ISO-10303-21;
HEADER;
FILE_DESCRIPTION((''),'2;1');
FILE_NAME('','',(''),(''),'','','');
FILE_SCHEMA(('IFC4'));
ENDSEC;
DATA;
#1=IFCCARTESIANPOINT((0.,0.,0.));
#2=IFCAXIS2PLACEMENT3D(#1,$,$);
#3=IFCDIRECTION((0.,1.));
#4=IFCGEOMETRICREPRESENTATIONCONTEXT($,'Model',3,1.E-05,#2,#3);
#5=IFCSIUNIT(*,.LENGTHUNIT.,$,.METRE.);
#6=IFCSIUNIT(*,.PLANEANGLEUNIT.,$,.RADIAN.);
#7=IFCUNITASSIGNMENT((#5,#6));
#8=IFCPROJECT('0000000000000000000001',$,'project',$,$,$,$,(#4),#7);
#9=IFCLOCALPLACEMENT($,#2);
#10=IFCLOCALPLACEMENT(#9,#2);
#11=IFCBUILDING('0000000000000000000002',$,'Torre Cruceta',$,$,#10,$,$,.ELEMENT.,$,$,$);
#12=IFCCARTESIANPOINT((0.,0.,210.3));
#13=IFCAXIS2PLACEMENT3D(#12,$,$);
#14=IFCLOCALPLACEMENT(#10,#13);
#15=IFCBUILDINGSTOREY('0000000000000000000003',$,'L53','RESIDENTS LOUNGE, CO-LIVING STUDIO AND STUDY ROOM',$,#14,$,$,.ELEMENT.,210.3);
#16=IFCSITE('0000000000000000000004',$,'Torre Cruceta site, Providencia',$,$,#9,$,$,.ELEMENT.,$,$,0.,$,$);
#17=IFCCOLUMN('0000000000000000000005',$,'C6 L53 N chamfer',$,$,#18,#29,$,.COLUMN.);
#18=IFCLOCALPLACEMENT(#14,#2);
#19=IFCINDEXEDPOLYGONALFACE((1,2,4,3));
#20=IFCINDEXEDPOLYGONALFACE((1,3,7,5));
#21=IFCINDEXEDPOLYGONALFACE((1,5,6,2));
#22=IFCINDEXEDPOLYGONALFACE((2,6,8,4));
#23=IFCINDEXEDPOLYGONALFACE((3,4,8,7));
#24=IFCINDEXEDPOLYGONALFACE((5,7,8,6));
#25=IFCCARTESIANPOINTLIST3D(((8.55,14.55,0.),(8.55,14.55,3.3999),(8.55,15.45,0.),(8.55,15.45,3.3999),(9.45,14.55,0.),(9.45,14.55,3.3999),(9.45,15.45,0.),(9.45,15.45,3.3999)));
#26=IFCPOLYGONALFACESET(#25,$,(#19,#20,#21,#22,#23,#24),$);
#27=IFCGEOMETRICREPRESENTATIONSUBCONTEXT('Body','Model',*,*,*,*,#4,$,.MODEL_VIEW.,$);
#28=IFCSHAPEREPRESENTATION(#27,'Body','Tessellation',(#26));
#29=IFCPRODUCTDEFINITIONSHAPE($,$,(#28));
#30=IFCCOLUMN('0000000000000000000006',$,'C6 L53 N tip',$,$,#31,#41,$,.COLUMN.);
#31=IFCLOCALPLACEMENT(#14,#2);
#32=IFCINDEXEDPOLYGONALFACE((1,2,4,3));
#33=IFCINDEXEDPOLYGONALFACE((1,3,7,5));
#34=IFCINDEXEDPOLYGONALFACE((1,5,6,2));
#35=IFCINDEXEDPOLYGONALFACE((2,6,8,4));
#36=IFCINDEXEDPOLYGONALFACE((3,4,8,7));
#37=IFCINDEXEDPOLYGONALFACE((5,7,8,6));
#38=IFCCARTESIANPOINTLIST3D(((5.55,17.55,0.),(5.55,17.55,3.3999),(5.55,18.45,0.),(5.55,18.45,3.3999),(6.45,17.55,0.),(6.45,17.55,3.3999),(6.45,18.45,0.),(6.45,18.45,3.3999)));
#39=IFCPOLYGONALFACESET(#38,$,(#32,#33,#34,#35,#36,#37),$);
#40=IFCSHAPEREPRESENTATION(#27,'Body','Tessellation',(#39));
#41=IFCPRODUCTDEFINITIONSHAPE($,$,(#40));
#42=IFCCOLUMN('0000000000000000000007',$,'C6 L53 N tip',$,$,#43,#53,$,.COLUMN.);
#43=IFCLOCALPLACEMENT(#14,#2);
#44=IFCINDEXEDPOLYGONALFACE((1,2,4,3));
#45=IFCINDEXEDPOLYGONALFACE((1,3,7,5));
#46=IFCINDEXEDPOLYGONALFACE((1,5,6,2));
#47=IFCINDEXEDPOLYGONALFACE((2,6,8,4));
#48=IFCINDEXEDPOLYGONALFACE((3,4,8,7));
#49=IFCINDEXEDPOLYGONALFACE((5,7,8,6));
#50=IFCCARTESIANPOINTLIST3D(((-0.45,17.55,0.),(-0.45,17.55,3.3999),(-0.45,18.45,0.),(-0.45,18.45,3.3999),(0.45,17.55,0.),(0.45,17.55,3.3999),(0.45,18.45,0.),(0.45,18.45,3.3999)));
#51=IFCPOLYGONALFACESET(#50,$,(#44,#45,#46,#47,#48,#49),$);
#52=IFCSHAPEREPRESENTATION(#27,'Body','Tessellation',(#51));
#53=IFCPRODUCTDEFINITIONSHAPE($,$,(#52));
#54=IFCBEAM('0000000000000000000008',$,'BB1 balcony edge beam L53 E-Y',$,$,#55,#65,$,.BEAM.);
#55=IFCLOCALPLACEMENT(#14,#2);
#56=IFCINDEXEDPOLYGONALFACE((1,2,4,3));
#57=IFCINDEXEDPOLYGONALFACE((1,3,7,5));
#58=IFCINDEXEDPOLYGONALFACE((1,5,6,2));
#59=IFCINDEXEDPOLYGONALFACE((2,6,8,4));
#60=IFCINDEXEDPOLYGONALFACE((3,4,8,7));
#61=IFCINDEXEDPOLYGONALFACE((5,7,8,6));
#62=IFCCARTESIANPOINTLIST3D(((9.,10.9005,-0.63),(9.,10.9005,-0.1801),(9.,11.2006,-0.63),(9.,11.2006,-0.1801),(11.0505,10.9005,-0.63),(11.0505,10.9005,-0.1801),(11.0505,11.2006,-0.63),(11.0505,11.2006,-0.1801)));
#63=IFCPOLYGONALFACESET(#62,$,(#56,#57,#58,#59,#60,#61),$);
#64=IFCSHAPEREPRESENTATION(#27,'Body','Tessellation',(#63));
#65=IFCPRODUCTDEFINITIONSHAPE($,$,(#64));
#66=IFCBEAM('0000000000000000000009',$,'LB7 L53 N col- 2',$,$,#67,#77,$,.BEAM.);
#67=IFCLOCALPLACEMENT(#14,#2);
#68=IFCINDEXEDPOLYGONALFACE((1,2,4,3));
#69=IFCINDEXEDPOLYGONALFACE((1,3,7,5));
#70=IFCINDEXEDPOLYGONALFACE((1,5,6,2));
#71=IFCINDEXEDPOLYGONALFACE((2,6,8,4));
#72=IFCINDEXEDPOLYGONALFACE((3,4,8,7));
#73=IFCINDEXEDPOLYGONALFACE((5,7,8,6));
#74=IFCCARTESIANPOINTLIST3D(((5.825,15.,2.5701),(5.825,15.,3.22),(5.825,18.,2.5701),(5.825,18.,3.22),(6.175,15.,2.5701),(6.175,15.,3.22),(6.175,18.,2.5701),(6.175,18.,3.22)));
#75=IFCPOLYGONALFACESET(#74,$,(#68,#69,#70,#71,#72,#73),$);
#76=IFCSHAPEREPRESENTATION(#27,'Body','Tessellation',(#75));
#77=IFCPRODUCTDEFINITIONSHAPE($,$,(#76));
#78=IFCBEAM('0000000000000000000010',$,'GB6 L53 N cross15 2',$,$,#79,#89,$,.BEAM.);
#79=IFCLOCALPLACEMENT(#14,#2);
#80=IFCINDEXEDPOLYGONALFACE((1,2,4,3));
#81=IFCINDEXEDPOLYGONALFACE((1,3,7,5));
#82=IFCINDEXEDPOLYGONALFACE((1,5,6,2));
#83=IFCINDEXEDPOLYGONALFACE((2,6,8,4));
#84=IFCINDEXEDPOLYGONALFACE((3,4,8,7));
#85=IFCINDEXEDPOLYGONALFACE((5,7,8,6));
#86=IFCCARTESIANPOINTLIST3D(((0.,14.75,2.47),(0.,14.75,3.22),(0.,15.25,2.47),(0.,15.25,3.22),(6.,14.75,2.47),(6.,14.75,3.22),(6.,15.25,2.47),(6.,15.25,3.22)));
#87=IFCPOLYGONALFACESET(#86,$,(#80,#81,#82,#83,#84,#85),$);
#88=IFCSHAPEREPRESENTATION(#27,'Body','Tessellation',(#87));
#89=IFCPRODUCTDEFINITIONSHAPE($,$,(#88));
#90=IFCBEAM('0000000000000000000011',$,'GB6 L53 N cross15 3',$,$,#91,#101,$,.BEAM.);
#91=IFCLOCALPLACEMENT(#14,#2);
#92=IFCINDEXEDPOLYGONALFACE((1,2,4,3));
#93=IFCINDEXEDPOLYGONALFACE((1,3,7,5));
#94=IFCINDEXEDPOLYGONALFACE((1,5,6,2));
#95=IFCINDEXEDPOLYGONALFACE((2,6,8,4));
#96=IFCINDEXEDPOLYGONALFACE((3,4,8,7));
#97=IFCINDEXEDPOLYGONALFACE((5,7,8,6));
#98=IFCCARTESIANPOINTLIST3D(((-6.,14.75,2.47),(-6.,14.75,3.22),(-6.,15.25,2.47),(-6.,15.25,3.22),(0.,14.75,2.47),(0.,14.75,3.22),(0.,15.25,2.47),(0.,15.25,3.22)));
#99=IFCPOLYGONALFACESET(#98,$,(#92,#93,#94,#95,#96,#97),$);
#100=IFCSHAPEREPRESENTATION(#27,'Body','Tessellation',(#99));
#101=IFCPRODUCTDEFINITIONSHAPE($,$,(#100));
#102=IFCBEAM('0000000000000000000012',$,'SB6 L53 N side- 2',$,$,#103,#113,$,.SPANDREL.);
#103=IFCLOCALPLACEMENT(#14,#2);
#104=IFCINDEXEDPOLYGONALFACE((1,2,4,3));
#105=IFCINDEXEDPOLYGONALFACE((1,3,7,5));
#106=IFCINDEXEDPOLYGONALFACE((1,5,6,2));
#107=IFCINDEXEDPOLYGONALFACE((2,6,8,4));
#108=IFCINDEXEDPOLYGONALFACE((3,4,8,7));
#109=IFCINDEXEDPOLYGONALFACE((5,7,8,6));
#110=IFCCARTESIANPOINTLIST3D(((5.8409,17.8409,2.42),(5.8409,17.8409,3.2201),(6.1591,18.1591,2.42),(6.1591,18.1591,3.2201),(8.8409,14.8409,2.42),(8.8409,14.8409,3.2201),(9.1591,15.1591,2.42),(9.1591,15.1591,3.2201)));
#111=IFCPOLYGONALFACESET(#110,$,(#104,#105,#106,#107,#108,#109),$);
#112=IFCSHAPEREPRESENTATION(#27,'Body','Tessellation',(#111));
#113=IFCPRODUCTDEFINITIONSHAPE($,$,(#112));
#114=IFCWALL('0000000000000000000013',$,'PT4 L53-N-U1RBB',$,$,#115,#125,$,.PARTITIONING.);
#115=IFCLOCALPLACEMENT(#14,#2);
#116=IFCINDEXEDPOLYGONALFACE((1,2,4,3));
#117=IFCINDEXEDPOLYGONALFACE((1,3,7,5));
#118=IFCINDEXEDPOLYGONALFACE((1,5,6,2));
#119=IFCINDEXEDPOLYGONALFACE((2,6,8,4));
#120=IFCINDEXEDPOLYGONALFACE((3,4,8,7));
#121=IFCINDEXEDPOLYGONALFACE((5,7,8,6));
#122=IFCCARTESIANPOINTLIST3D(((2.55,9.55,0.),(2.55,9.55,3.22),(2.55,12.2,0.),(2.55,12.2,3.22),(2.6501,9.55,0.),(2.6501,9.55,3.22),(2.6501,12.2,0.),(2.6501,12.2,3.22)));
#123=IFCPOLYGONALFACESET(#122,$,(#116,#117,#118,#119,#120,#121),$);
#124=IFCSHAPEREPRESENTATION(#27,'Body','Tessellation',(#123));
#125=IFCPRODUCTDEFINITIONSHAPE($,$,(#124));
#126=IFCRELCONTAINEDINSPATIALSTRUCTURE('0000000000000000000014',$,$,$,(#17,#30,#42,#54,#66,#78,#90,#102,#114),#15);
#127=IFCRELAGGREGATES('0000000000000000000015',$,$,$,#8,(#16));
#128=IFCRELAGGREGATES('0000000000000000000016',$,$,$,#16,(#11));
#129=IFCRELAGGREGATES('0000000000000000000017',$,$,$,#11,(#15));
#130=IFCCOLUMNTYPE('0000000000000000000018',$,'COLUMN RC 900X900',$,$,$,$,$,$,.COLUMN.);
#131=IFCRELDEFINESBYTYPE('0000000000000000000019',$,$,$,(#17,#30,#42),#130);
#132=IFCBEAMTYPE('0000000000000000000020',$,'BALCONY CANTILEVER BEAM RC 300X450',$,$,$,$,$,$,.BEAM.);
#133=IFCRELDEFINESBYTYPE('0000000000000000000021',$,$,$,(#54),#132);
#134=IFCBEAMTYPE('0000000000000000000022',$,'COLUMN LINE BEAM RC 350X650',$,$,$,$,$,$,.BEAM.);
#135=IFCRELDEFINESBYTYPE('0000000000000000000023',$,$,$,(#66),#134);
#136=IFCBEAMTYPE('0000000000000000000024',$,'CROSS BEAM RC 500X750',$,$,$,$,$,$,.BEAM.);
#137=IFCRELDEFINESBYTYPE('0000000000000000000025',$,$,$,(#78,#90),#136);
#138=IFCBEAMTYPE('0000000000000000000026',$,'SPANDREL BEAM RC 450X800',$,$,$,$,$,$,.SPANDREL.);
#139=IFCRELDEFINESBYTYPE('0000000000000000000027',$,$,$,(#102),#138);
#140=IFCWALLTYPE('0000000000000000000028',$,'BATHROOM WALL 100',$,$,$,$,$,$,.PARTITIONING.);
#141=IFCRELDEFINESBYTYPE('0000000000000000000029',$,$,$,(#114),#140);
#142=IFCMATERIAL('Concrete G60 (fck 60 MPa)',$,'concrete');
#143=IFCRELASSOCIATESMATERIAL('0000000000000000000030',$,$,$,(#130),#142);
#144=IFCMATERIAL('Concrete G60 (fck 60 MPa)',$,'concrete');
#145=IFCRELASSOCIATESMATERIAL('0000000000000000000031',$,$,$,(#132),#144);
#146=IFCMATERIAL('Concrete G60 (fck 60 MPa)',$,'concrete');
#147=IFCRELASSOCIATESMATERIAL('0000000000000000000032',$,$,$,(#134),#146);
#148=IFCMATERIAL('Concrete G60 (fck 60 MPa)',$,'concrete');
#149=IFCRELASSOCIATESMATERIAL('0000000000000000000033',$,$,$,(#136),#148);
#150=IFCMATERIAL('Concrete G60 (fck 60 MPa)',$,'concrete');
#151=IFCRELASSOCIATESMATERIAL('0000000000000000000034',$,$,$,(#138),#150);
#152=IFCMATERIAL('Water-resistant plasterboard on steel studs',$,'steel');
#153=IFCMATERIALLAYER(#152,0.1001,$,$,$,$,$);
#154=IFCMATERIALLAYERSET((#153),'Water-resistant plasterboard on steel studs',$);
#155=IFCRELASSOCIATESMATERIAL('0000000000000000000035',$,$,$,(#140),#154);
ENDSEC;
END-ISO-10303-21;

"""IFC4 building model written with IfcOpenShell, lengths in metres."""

from ifc_helpers import new_model, si_unit, direction, frame, frame_2d, origin, origin_2d, place, context, subcontext, project, spatial, rectangle, extrude, material, layer, layer_set, material_profile, profile_set, type_object, element, save


model = new_model("IFC4")

# Units and contexts
model_context = context("Model", 3, precision=1e-05, world=origin(), true_north=direction((0.0, 1.0)))
body_context = subcontext(model_context, "Body", "Model", "MODEL_VIEW")
ifc_project = project(units=[si_unit("LENGTHUNIT", "METRE"), si_unit("PLANEANGLEUNIT", "RADIAN")], contexts=[model_context])

# Site, building, storey
site_placement = place(None, origin())
site = spatial("IfcSite", under=ifc_project, at=site_placement, Name="Torre Cruceta site, Providencia", CompositionType="ELEMENT", RefElevation=0.0)
building_placement = place(site_placement, origin())
building = spatial("IfcBuilding", under=site, at=building_placement, Name="Torre Cruceta", CompositionType="ELEMENT")
storey_placement = place(building_placement, frame((0.0, 0.0, 210.3)))
storey = spatial("IfcBuildingStorey", under=building, at=storey_placement, Name="L53", Description="RESIDENTS LOUNGE, CO-LIVING STUDIO AND STUDY ROOM", CompositionType="ELEMENT", Elevation=210.3)

# Columns
ifc_material_1 = material(Name="Concrete G60 (fck 60 MPa)", Category="concrete")
ifc_material_profile_1 = material_profile(ifc_material_1, rectangle(XDim=0.8999, YDim=0.8999, at=origin_2d()), Name="RC 900X900")
ifc_profile_set_1 = profile_set([ifc_material_profile_1], Name="Concrete G60 (fck 60 MPa)")
column_type = type_object("IfcColumnType", Name="COLUMN RC 900X900", PredefinedType="COLUMN", material=ifc_profile_set_1)
for number, where, z_axis, x_axis, name in (
    (1, (9.0, 15.0, 0.0), (0.0, 0.0, 1.0), (1.0, 0.0, 0.0), "C6 L53 N chamfer"),
    (2, (6.0, 18.0, 0.0), (0.0, 0.0, 1.0), (1.0, 0.0, 0.0), "C6 L53 N tip"),
    (3, (0.0, 18.0, 0.0), (0.0, 0.0, 1.0), (1.0, 0.0, 0.0), "C6 L53 N tip"),
):
    element("IfcColumn", number, at=place(storey_placement, frame(where, z_axis=z_axis, x_axis=x_axis)), inside=storey, type_object=column_type, Name=name, PredefinedType="COLUMN", context=body_context, shape_type="SweptSolid", body=[
        extrude(rectangle(XDim=0.8999, YDim=0.8999, at=origin_2d()), origin(), (0.0, 0.0, 1.0), 3.3999),
    ])

# Beams
ifc_material_2 = material(Name="Concrete G60 (fck 60 MPa)", Category="concrete")
ifc_material_profile_2 = material_profile(ifc_material_2, rectangle(XDim=0.3, YDim=0.45, at=origin_2d()), Name="RC 300X450")
ifc_profile_set_2 = profile_set([ifc_material_profile_2], Name="Concrete G60 (fck 60 MPa)")
beam_type_1 = type_object("IfcBeamType", Name="BALCONY CANTILEVER BEAM RC 300X450", PredefinedType="BEAM", material=ifc_profile_set_2)
beam_1_placement = place(storey_placement, frame((9.0, 11.0505, -0.405), z_axis=(1.0, 0.0, 0.0), x_axis=(0.0, 1.0, 0.0)))
element("IfcBeam", 4, at=beam_1_placement, inside=storey, type_object=beam_type_1, Name="BB1 balcony edge beam L53 E-Y", PredefinedType="BEAM", context=body_context, shape_type="SweptSolid", body=[
    extrude(rectangle(XDim=0.3, YDim=0.45, at=origin_2d()), origin(), (0.0, 0.0, 1.0), 2.0505),
])
ifc_material_3 = material(Name="Concrete G60 (fck 60 MPa)", Category="concrete")
ifc_material_profile_3 = material_profile(ifc_material_3, rectangle(XDim=0.3501, YDim=0.6499, at=origin_2d()), Name="RC 350X650")
ifc_profile_set_3 = profile_set([ifc_material_profile_3], Name="Concrete G60 (fck 60 MPa)")
beam_type_2 = type_object("IfcBeamType", Name="COLUMN LINE BEAM RC 350X650", PredefinedType="BEAM", material=ifc_profile_set_3)
beam_2_placement = place(storey_placement, frame((6.0, 15.0, 2.895), z_axis=(0.0, 1.0, 0.0), x_axis=(-1.0, 0.0, 0.0)))
element("IfcBeam", 5, at=beam_2_placement, inside=storey, type_object=beam_type_2, Name="LB7 L53 N col- 2", PredefinedType="BEAM", context=body_context, shape_type="SweptSolid", body=[
    extrude(rectangle(XDim=0.3501, YDim=0.6499, at=origin_2d()), origin(), (0.0, 0.0, 1.0), 3.0),
])
ifc_material_4 = material(Name="Concrete G60 (fck 60 MPa)", Category="concrete")
ifc_material_profile_4 = material_profile(ifc_material_4, rectangle(XDim=0.5, YDim=0.75, at=origin_2d()), Name="RC 500X750")
ifc_profile_set_4 = profile_set([ifc_material_profile_4], Name="Concrete G60 (fck 60 MPa)")
beam_type_3 = type_object("IfcBeamType", Name="CROSS BEAM RC 500X750", PredefinedType="BEAM", material=ifc_profile_set_4)
for number, where, z_axis, x_axis, name in (
    (6, (6.0, 15.0, 2.845), (-1.0, 0.0, 0.0), (0.0, -1.0, 0.0), "GB6 L53 N cross15 2"),
    (7, (0.0, 15.0, 2.845), (-1.0, 0.0, 0.0), (0.0, -1.0, 0.0), "GB6 L53 N cross15 3"),
):
    element("IfcBeam", number, at=place(storey_placement, frame(where, z_axis=z_axis, x_axis=x_axis)), inside=storey, type_object=beam_type_3, Name=name, PredefinedType="BEAM", context=body_context, shape_type="SweptSolid", body=[
        extrude(rectangle(XDim=0.5, YDim=0.75, at=origin_2d()), origin(), (0.0, 0.0, 1.0), 6.0),
    ])
ifc_material_5 = material(Name="Concrete G60 (fck 60 MPa)", Category="concrete")
ifc_material_profile_5 = material_profile(ifc_material_5, rectangle(XDim=0.45, YDim=0.8, at=origin_2d()), Name="RC 450X800")
ifc_profile_set_5 = profile_set([ifc_material_profile_5], Name="Concrete G60 (fck 60 MPa)")
beam_type_4 = type_object("IfcBeamType", Name="SPANDREL BEAM RC 450X800", PredefinedType="SPANDREL", material=ifc_profile_set_5)
beam_3_placement = place(storey_placement, frame((9.0, 15.0, 2.8201), z_axis=(-0.707107, 0.707107, 0.0), x_axis=(-0.707107, -0.707107, 0.0)))
element("IfcBeam", 8, at=beam_3_placement, inside=storey, type_object=beam_type_4, Name="SB6 L53 N side- 2", PredefinedType="SPANDREL", context=body_context, shape_type="SweptSolid", body=[
    extrude(rectangle(XDim=0.45, YDim=0.8, at=origin_2d()), origin(), (0.0, 0.0, 1.0), 4.2427),
])

# Wall
ifc_material_6 = material(Name="Water-resistant plasterboard on steel studs", Category="steel")
ifc_layer_1 = layer(ifc_material_6, 0.1001)
ifc_layer_set_1 = layer_set([ifc_layer_1], Name="Water-resistant plasterboard on steel studs")
wall_type_1 = type_object("IfcWallType", Name="BATHROOM WALL 100", PredefinedType="PARTITIONING", material=ifc_layer_set_1)
wall_1_placement = place(storey_placement, frame((2.6001, 9.55, 0.0), z_axis=(0.0, 0.0, 1.0), x_axis=(0.0, 1.0, 0.0)))
element("IfcWall", 9, at=wall_1_placement, inside=storey, type_object=wall_type_1, Name="PT4 L53-N-U1RBB", PredefinedType="PARTITIONING", context=body_context, shape_type="SweptSolid", body=[
    extrude(rectangle(XDim=2.6499, YDim=0.1001, at=frame_2d((1.325, 0.0))), origin(), (0.0, 0.0, 1.0), 3.22),
])

save(model, "model.ifc")
